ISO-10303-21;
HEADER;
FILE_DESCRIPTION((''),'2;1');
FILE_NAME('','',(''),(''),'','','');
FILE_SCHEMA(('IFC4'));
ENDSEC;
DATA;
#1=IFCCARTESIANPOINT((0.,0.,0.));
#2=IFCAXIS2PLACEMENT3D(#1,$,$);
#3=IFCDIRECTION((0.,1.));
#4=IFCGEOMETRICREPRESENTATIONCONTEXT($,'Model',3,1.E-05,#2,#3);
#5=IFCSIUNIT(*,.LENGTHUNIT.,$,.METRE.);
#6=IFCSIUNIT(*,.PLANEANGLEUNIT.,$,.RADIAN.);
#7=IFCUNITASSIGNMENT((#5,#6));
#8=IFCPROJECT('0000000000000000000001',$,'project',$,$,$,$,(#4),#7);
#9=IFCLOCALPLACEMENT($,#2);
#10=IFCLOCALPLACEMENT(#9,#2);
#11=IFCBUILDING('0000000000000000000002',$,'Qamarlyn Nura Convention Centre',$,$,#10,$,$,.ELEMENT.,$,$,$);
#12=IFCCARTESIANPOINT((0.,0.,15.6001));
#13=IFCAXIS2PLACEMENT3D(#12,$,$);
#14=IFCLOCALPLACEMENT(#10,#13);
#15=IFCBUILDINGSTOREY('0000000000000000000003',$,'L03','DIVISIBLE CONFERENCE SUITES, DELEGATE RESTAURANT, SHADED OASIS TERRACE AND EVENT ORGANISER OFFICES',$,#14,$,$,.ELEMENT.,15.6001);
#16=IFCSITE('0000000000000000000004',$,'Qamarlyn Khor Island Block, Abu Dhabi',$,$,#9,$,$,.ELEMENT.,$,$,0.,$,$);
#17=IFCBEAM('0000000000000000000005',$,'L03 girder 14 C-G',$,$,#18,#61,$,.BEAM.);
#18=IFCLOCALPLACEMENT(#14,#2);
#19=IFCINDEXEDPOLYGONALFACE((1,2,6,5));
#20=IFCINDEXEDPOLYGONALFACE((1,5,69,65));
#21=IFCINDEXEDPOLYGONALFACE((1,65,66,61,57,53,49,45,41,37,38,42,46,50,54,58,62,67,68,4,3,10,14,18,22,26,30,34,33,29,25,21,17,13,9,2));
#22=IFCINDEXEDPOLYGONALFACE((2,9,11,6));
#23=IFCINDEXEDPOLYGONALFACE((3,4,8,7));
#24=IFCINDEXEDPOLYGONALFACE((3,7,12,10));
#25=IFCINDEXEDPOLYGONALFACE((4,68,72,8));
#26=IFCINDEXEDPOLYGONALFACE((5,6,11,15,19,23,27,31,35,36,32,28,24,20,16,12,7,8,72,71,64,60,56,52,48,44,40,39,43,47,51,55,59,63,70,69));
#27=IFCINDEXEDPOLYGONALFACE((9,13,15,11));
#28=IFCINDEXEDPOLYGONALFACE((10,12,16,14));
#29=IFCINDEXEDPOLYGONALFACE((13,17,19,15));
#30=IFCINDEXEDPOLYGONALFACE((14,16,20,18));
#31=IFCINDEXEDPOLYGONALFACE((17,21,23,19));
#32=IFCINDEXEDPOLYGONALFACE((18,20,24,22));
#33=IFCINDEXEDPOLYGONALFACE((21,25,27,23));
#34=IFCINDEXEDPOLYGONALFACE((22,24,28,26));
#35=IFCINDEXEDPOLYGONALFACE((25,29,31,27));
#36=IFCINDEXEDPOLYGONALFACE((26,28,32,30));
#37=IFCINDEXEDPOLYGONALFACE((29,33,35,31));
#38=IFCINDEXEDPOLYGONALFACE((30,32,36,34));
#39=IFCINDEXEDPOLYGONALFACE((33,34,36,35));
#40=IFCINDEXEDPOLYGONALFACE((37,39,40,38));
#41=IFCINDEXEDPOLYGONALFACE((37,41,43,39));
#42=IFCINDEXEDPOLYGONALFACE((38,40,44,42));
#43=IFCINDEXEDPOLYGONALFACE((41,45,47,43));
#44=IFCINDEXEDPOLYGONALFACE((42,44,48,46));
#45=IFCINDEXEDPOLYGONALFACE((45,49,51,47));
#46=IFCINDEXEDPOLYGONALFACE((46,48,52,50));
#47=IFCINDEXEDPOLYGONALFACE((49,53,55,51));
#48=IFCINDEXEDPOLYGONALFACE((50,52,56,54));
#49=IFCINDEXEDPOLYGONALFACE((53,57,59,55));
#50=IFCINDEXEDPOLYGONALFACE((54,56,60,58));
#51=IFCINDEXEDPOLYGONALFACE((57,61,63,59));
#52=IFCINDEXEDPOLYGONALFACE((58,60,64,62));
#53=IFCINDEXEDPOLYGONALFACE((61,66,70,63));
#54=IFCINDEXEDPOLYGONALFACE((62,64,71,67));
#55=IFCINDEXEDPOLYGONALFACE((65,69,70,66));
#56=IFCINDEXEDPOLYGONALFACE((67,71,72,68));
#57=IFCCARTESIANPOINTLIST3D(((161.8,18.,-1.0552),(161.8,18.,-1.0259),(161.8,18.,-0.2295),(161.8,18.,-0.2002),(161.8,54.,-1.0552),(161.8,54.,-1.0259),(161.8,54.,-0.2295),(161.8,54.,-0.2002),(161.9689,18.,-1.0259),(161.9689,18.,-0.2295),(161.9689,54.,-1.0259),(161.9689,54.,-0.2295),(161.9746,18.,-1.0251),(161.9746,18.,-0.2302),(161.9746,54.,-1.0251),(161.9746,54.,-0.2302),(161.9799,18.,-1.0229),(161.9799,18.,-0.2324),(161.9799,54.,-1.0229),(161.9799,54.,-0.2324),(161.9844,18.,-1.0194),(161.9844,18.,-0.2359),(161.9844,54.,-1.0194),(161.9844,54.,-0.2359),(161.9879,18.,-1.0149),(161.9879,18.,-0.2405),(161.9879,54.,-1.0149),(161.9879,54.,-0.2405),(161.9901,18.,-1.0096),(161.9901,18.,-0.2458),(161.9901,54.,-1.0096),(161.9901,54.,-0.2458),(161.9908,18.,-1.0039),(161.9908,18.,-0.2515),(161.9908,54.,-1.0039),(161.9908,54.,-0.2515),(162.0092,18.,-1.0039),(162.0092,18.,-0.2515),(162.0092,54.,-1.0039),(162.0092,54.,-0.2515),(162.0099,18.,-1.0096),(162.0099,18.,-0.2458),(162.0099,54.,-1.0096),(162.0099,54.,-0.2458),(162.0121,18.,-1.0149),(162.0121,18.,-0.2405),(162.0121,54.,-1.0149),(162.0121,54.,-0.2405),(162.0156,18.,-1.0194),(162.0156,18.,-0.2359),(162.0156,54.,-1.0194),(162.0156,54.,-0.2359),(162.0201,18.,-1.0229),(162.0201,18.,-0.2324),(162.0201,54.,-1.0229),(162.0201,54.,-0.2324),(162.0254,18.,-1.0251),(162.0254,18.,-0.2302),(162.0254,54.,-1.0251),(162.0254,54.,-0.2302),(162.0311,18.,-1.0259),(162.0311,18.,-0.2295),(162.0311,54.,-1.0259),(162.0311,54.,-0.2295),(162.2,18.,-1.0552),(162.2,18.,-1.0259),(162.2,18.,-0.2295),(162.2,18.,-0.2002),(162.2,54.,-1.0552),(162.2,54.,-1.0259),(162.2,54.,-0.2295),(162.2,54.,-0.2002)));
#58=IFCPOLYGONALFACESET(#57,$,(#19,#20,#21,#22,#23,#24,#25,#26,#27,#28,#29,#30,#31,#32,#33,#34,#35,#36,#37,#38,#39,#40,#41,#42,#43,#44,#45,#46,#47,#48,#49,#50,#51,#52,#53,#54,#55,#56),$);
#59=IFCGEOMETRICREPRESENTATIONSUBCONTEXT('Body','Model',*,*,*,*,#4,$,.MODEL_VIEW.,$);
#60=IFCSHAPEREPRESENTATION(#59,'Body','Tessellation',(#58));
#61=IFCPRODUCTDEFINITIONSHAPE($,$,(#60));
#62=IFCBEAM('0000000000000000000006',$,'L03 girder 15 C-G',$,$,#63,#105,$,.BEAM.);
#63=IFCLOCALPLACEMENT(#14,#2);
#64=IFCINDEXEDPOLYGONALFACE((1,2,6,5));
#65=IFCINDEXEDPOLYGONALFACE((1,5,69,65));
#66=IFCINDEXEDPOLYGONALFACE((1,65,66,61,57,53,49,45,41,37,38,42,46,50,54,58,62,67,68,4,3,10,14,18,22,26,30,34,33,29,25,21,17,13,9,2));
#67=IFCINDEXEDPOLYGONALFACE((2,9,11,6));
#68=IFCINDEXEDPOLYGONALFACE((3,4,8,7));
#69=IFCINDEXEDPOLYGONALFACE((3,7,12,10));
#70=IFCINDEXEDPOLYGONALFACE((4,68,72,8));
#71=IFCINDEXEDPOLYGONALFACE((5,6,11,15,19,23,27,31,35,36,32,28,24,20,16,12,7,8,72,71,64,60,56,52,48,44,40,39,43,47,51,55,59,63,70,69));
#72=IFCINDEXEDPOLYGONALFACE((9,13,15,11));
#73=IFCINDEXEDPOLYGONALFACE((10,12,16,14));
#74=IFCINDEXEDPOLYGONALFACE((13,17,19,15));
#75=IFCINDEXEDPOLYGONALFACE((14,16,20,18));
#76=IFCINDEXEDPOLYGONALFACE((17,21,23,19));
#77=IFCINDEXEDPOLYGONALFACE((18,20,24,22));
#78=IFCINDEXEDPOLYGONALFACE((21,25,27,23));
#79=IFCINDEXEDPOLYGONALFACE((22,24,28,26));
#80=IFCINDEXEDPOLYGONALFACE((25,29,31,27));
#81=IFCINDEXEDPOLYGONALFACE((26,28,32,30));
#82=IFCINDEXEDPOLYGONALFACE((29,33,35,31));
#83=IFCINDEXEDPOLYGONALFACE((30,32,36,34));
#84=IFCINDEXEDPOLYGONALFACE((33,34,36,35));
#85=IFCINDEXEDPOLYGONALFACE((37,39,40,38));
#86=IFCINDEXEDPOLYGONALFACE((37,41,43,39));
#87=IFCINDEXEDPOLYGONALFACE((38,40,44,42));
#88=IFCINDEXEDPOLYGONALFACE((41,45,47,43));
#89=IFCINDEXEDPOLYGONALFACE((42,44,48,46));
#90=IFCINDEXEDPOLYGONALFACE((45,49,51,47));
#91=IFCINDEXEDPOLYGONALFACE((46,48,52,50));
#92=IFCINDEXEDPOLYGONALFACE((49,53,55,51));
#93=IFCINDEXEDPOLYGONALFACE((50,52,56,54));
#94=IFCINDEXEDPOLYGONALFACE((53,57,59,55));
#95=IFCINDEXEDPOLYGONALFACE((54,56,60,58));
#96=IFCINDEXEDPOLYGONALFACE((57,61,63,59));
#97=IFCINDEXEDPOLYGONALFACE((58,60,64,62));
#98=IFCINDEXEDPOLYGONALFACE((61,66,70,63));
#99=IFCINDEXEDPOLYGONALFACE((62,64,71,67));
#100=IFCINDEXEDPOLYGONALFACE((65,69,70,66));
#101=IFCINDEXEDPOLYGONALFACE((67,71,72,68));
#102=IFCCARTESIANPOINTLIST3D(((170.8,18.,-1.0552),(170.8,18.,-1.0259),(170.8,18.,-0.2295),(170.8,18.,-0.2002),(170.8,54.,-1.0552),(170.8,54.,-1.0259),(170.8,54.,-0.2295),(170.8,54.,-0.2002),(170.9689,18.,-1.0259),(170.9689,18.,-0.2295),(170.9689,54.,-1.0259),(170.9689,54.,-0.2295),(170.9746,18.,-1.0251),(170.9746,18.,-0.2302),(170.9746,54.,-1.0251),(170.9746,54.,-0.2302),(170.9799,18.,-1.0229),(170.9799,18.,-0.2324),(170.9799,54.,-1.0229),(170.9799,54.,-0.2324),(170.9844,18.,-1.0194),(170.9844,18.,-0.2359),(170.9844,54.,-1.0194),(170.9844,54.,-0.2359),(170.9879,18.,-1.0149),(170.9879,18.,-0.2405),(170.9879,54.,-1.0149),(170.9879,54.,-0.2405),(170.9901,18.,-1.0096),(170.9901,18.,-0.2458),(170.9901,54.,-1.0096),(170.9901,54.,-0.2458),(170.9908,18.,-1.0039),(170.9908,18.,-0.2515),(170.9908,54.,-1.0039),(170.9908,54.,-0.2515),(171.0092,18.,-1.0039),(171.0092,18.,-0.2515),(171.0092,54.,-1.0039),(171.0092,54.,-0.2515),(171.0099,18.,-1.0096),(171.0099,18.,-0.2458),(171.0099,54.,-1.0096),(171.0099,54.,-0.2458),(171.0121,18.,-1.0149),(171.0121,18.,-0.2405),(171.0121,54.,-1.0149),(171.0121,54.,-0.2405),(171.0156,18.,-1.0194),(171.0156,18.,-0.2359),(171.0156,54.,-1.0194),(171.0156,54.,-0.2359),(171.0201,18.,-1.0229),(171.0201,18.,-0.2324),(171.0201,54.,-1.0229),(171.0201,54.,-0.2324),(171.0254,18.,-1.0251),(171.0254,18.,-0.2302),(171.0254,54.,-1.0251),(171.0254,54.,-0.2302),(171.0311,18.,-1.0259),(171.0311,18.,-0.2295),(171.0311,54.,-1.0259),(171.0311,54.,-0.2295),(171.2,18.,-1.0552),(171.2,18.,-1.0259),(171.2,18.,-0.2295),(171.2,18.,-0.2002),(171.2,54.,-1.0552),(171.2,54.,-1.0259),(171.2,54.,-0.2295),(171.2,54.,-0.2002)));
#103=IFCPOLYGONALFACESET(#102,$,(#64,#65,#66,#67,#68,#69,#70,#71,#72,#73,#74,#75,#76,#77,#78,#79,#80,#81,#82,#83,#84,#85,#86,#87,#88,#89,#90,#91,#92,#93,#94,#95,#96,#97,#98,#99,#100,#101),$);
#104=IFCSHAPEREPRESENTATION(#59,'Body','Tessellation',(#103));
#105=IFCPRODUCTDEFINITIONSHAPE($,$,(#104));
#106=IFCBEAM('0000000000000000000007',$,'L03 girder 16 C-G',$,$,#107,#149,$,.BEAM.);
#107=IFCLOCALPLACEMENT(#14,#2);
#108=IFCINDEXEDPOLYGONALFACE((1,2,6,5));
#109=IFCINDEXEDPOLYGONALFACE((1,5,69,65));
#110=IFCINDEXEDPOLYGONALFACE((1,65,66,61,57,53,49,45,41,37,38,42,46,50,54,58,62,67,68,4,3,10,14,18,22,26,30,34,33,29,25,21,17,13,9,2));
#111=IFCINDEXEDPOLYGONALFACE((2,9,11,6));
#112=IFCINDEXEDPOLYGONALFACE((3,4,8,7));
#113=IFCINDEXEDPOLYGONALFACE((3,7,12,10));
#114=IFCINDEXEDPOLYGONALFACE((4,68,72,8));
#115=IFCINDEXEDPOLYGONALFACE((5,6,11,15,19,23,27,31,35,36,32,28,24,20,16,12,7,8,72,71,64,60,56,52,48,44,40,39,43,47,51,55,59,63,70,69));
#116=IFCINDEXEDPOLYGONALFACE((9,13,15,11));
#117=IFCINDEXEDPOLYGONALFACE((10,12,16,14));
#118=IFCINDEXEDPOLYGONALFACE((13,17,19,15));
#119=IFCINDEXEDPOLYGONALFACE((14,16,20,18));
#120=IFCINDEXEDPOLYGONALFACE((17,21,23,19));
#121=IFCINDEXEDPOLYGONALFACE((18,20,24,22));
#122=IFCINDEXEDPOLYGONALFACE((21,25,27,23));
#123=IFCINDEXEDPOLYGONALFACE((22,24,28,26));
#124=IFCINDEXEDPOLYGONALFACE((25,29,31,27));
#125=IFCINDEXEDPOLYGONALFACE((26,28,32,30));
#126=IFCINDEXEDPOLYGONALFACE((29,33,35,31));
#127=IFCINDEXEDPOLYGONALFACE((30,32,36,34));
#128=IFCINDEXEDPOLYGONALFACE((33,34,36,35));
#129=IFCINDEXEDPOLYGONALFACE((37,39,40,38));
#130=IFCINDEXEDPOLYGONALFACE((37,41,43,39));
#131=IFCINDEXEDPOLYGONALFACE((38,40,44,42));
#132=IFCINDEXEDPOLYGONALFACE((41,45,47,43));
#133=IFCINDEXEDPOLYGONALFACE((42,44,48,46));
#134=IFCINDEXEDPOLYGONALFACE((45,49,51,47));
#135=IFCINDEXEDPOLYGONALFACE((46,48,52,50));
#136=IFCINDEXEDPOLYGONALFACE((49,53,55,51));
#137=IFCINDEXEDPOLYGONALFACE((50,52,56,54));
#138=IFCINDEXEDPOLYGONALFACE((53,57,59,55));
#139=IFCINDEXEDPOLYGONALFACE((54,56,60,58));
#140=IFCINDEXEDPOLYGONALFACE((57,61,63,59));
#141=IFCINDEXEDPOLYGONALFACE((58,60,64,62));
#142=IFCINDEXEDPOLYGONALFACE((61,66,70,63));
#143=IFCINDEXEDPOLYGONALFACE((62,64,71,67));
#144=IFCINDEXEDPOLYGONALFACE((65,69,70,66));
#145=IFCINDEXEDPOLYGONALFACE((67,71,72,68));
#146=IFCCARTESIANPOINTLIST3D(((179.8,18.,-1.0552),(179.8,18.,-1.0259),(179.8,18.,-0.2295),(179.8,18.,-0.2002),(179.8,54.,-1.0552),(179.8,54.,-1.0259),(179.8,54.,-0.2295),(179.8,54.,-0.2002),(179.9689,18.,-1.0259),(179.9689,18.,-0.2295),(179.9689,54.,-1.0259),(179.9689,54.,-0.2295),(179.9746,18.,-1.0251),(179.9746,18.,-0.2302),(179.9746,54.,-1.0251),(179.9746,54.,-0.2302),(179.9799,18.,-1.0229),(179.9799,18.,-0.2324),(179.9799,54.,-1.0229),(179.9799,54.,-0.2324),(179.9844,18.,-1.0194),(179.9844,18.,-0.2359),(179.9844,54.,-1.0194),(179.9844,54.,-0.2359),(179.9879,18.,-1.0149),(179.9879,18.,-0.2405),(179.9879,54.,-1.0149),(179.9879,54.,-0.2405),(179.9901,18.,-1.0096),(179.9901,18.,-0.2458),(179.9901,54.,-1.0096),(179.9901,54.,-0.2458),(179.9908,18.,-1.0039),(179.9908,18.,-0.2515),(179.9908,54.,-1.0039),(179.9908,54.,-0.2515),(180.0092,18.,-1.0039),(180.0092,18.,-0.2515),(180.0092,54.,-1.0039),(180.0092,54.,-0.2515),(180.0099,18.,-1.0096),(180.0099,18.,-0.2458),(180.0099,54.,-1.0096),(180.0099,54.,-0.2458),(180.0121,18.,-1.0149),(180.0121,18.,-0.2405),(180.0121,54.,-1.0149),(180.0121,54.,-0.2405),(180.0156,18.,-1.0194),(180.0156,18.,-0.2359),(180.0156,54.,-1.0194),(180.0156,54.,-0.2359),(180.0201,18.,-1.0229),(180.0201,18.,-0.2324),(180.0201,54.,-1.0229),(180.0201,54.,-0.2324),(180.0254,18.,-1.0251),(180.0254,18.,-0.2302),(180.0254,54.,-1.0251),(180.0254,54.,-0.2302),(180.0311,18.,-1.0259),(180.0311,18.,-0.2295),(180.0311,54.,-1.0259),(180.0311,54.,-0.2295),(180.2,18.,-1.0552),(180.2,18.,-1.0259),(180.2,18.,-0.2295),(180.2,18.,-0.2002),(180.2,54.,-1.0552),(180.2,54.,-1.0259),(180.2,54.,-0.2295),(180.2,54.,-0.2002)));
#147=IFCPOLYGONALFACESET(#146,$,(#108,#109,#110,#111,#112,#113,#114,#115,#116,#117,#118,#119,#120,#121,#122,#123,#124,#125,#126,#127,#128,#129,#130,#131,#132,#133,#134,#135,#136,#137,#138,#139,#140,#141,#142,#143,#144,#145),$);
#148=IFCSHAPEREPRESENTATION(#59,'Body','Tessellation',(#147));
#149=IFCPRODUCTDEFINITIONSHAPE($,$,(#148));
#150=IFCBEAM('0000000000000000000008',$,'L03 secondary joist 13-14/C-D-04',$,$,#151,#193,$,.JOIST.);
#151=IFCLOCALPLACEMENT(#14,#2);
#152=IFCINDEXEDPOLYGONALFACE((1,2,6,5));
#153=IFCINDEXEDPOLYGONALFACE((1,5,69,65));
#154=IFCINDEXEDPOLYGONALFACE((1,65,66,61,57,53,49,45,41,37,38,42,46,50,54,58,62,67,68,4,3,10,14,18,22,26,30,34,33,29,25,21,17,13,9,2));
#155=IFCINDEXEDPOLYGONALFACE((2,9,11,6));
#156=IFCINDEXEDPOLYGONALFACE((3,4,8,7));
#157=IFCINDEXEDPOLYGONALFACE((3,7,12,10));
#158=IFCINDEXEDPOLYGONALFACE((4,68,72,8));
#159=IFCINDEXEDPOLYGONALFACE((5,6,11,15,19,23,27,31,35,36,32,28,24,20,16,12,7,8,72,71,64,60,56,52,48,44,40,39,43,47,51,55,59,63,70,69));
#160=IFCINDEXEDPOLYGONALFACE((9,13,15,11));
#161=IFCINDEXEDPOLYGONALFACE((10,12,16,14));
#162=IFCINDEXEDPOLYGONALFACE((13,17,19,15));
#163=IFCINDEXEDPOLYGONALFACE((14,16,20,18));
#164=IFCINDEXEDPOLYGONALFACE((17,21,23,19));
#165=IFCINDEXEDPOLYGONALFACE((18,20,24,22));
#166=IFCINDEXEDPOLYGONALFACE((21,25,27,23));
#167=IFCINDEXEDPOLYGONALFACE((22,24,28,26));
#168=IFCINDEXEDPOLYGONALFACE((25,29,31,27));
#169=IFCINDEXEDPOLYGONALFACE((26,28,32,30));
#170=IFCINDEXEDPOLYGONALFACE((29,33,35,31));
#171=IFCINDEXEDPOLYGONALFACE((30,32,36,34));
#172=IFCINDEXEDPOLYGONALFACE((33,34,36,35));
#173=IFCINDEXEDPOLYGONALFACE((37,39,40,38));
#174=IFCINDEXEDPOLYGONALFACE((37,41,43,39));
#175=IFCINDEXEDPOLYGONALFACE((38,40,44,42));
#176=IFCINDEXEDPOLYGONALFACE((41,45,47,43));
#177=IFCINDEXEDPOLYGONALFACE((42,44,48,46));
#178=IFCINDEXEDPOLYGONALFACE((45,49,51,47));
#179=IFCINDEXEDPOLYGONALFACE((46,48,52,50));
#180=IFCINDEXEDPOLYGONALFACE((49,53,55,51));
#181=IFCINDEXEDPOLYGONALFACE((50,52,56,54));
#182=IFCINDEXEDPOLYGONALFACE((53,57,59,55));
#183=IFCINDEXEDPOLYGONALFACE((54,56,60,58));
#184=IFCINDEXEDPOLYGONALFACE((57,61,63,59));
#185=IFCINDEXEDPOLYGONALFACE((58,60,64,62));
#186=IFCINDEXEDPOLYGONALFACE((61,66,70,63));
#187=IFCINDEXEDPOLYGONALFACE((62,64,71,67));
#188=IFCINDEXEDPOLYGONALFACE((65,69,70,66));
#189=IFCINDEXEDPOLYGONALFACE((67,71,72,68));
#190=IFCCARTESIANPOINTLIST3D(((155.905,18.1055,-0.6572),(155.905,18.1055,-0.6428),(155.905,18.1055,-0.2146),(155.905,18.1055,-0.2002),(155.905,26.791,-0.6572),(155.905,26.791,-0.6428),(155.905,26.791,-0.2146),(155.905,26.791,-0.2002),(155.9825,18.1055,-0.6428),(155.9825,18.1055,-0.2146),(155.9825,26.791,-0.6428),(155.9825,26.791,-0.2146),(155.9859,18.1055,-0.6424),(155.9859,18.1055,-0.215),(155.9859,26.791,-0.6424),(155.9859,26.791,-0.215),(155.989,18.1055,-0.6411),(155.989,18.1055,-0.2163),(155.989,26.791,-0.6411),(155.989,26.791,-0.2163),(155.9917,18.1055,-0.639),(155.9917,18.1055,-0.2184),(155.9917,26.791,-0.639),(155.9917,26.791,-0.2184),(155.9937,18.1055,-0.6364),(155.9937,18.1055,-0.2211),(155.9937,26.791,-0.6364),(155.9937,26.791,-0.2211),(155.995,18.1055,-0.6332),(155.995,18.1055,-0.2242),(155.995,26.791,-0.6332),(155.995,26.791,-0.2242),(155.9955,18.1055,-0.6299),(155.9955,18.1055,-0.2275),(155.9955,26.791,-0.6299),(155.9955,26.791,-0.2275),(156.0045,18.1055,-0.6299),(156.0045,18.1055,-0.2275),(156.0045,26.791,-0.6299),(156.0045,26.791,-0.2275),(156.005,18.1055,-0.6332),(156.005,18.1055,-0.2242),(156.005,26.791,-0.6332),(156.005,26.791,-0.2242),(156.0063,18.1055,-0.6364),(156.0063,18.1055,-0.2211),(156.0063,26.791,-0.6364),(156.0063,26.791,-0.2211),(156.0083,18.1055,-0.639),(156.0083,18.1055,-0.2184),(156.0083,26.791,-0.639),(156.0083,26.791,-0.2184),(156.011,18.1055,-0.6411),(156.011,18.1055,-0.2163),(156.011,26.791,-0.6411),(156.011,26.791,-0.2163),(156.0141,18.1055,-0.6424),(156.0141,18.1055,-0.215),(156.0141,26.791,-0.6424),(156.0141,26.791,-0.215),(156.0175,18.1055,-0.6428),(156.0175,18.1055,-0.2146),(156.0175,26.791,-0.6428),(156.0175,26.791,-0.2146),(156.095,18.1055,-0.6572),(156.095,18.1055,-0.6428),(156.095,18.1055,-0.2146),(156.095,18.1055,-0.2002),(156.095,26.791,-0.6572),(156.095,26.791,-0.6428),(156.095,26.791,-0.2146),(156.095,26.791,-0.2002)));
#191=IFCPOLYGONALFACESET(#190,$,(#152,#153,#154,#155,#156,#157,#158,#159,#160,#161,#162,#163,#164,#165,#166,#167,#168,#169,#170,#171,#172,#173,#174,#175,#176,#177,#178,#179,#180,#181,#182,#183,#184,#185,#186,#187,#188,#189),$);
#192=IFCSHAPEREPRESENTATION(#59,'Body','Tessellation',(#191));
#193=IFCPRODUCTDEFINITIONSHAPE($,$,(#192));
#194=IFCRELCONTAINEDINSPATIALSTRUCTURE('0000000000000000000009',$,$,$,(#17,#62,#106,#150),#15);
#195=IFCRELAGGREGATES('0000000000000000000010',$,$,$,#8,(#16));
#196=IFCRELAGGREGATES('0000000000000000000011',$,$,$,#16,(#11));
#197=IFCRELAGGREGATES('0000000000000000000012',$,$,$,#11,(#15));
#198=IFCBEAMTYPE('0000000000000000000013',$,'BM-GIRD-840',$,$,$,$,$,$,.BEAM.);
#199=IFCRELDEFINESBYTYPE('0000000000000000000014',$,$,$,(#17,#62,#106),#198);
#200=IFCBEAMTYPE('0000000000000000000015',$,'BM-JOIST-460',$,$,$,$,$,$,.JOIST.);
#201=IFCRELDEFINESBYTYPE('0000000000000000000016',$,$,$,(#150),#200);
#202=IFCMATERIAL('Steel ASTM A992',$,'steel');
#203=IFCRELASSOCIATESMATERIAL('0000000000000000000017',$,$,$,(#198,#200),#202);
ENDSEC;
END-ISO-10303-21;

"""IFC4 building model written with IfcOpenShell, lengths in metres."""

from ifc_helpers import new_model, si_unit, direction, frame, origin, origin_2d, place, context, subcontext, project, spatial, i_section, extrude, material, material_profile, profile_set, type_object, element, save


model = new_model("IFC4")

# Units and contexts
model_context = context("Model", 3, precision=1e-05, world=origin(), true_north=direction((0.0, 1.0)))
body_context = subcontext(model_context, "Body", "Model", "MODEL_VIEW")
ifc_project = project(units=[si_unit("LENGTHUNIT", "METRE"), si_unit("PLANEANGLEUNIT", "RADIAN")], contexts=[model_context])

# Site, building, storey
site_placement = place(None, origin())
site = spatial("IfcSite", under=ifc_project, at=site_placement, Name="Qamarlyn Khor Island Block, Abu Dhabi", CompositionType="ELEMENT", RefElevation=0.0)
building_placement = place(site_placement, origin())
building = spatial("IfcBuilding", under=site, at=building_placement, Name="Qamarlyn Nura Convention Centre", CompositionType="ELEMENT")
storey_placement = place(building_placement, frame((0.0, 0.0, 15.6001)))
storey = spatial("IfcBuildingStorey", under=building, at=storey_placement, Name="L03", Description="DIVISIBLE CONFERENCE SUITES, DELEGATE RESTAURANT, SHADED OASIS TERRACE AND EVENT ORGANISER OFFICES", CompositionType="ELEMENT", Elevation=15.6001)

# Shared definitions
ifc_material_1 = material(Name="Steel ASTM A992", Category="steel")

# Beams
ifc_material_profile_1 = material_profile(ifc_material_1, i_section(OverallWidth=0.3999, OverallDepth=0.855, WebThickness=0.0183, FlangeThickness=0.0293, FilletRadius=0.022, at=origin_2d()), Name="W840X299")
ifc_profile_set_1 = profile_set([ifc_material_profile_1], Name="Steel ASTM A992")
beam_type_1 = type_object("IfcBeamType", Name="BM-GIRD-840", PredefinedType="BEAM", material=ifc_profile_set_1)
for number, where, z_axis, x_axis, name in (
    (1, (162.0, 18.0, -0.6277), (0.0, 1.0, 0.0), (-1.0, 0.0, 0.0), "L03 girder 14 C-G"),
    (2, (171.0, 18.0, -0.6277), (0.0, 1.0, 0.0), (-1.0, 0.0, 0.0), "L03 girder 15 C-G"),
    (3, (180.0, 18.0, -0.6277), (0.0, 1.0, 0.0), (-1.0, 0.0, 0.0), "L03 girder 16 C-G"),
):
    element("IfcBeam", number, at=place(storey_placement, frame(where, z_axis=z_axis, x_axis=x_axis)), inside=storey, type_object=beam_type_1, Name=name, PredefinedType="BEAM", context=body_context, shape_type="SweptSolid", body=[
        extrude(i_section(OverallWidth=0.3999, OverallDepth=0.855, WebThickness=0.0183, FlangeThickness=0.0293, FilletRadius=0.022, at=origin_2d()), origin(), (0.0, 0.0, 1.0), 36.0),
    ])
ifc_material_profile_2 = material_profile(ifc_material_1, i_section(OverallWidth=0.1899, OverallDepth=0.457, WebThickness=0.009, FlangeThickness=0.0144, FilletRadius=0.0129, at=origin_2d()), Name="W460X74")
ifc_profile_set_2 = profile_set([ifc_material_profile_2], Name="Steel ASTM A992")
beam_type_2 = type_object("IfcBeamType", Name="BM-JOIST-460", PredefinedType="JOIST", material=ifc_profile_set_2)
for number, where, z_axis, x_axis, name in (
    (4, (156.0, 18.1055, -0.4287), (0.0, 1.0, 0.0), (-1.0, 0.0, 0.0), "L03 secondary joist 13-14/C-D-04"),
):
    element("IfcBeam", number, at=place(storey_placement, frame(where, z_axis=z_axis, x_axis=x_axis)), inside=storey, type_object=beam_type_2, Name=name, PredefinedType="JOIST", context=body_context, shape_type="SweptSolid", body=[
        extrude(i_section(OverallWidth=0.1899, OverallDepth=0.457, WebThickness=0.009, FlangeThickness=0.0144, FilletRadius=0.0129, at=origin_2d()), origin(), (0.0, 0.0, 1.0), 8.6855),
    ])

save(model, "model.ifc")
